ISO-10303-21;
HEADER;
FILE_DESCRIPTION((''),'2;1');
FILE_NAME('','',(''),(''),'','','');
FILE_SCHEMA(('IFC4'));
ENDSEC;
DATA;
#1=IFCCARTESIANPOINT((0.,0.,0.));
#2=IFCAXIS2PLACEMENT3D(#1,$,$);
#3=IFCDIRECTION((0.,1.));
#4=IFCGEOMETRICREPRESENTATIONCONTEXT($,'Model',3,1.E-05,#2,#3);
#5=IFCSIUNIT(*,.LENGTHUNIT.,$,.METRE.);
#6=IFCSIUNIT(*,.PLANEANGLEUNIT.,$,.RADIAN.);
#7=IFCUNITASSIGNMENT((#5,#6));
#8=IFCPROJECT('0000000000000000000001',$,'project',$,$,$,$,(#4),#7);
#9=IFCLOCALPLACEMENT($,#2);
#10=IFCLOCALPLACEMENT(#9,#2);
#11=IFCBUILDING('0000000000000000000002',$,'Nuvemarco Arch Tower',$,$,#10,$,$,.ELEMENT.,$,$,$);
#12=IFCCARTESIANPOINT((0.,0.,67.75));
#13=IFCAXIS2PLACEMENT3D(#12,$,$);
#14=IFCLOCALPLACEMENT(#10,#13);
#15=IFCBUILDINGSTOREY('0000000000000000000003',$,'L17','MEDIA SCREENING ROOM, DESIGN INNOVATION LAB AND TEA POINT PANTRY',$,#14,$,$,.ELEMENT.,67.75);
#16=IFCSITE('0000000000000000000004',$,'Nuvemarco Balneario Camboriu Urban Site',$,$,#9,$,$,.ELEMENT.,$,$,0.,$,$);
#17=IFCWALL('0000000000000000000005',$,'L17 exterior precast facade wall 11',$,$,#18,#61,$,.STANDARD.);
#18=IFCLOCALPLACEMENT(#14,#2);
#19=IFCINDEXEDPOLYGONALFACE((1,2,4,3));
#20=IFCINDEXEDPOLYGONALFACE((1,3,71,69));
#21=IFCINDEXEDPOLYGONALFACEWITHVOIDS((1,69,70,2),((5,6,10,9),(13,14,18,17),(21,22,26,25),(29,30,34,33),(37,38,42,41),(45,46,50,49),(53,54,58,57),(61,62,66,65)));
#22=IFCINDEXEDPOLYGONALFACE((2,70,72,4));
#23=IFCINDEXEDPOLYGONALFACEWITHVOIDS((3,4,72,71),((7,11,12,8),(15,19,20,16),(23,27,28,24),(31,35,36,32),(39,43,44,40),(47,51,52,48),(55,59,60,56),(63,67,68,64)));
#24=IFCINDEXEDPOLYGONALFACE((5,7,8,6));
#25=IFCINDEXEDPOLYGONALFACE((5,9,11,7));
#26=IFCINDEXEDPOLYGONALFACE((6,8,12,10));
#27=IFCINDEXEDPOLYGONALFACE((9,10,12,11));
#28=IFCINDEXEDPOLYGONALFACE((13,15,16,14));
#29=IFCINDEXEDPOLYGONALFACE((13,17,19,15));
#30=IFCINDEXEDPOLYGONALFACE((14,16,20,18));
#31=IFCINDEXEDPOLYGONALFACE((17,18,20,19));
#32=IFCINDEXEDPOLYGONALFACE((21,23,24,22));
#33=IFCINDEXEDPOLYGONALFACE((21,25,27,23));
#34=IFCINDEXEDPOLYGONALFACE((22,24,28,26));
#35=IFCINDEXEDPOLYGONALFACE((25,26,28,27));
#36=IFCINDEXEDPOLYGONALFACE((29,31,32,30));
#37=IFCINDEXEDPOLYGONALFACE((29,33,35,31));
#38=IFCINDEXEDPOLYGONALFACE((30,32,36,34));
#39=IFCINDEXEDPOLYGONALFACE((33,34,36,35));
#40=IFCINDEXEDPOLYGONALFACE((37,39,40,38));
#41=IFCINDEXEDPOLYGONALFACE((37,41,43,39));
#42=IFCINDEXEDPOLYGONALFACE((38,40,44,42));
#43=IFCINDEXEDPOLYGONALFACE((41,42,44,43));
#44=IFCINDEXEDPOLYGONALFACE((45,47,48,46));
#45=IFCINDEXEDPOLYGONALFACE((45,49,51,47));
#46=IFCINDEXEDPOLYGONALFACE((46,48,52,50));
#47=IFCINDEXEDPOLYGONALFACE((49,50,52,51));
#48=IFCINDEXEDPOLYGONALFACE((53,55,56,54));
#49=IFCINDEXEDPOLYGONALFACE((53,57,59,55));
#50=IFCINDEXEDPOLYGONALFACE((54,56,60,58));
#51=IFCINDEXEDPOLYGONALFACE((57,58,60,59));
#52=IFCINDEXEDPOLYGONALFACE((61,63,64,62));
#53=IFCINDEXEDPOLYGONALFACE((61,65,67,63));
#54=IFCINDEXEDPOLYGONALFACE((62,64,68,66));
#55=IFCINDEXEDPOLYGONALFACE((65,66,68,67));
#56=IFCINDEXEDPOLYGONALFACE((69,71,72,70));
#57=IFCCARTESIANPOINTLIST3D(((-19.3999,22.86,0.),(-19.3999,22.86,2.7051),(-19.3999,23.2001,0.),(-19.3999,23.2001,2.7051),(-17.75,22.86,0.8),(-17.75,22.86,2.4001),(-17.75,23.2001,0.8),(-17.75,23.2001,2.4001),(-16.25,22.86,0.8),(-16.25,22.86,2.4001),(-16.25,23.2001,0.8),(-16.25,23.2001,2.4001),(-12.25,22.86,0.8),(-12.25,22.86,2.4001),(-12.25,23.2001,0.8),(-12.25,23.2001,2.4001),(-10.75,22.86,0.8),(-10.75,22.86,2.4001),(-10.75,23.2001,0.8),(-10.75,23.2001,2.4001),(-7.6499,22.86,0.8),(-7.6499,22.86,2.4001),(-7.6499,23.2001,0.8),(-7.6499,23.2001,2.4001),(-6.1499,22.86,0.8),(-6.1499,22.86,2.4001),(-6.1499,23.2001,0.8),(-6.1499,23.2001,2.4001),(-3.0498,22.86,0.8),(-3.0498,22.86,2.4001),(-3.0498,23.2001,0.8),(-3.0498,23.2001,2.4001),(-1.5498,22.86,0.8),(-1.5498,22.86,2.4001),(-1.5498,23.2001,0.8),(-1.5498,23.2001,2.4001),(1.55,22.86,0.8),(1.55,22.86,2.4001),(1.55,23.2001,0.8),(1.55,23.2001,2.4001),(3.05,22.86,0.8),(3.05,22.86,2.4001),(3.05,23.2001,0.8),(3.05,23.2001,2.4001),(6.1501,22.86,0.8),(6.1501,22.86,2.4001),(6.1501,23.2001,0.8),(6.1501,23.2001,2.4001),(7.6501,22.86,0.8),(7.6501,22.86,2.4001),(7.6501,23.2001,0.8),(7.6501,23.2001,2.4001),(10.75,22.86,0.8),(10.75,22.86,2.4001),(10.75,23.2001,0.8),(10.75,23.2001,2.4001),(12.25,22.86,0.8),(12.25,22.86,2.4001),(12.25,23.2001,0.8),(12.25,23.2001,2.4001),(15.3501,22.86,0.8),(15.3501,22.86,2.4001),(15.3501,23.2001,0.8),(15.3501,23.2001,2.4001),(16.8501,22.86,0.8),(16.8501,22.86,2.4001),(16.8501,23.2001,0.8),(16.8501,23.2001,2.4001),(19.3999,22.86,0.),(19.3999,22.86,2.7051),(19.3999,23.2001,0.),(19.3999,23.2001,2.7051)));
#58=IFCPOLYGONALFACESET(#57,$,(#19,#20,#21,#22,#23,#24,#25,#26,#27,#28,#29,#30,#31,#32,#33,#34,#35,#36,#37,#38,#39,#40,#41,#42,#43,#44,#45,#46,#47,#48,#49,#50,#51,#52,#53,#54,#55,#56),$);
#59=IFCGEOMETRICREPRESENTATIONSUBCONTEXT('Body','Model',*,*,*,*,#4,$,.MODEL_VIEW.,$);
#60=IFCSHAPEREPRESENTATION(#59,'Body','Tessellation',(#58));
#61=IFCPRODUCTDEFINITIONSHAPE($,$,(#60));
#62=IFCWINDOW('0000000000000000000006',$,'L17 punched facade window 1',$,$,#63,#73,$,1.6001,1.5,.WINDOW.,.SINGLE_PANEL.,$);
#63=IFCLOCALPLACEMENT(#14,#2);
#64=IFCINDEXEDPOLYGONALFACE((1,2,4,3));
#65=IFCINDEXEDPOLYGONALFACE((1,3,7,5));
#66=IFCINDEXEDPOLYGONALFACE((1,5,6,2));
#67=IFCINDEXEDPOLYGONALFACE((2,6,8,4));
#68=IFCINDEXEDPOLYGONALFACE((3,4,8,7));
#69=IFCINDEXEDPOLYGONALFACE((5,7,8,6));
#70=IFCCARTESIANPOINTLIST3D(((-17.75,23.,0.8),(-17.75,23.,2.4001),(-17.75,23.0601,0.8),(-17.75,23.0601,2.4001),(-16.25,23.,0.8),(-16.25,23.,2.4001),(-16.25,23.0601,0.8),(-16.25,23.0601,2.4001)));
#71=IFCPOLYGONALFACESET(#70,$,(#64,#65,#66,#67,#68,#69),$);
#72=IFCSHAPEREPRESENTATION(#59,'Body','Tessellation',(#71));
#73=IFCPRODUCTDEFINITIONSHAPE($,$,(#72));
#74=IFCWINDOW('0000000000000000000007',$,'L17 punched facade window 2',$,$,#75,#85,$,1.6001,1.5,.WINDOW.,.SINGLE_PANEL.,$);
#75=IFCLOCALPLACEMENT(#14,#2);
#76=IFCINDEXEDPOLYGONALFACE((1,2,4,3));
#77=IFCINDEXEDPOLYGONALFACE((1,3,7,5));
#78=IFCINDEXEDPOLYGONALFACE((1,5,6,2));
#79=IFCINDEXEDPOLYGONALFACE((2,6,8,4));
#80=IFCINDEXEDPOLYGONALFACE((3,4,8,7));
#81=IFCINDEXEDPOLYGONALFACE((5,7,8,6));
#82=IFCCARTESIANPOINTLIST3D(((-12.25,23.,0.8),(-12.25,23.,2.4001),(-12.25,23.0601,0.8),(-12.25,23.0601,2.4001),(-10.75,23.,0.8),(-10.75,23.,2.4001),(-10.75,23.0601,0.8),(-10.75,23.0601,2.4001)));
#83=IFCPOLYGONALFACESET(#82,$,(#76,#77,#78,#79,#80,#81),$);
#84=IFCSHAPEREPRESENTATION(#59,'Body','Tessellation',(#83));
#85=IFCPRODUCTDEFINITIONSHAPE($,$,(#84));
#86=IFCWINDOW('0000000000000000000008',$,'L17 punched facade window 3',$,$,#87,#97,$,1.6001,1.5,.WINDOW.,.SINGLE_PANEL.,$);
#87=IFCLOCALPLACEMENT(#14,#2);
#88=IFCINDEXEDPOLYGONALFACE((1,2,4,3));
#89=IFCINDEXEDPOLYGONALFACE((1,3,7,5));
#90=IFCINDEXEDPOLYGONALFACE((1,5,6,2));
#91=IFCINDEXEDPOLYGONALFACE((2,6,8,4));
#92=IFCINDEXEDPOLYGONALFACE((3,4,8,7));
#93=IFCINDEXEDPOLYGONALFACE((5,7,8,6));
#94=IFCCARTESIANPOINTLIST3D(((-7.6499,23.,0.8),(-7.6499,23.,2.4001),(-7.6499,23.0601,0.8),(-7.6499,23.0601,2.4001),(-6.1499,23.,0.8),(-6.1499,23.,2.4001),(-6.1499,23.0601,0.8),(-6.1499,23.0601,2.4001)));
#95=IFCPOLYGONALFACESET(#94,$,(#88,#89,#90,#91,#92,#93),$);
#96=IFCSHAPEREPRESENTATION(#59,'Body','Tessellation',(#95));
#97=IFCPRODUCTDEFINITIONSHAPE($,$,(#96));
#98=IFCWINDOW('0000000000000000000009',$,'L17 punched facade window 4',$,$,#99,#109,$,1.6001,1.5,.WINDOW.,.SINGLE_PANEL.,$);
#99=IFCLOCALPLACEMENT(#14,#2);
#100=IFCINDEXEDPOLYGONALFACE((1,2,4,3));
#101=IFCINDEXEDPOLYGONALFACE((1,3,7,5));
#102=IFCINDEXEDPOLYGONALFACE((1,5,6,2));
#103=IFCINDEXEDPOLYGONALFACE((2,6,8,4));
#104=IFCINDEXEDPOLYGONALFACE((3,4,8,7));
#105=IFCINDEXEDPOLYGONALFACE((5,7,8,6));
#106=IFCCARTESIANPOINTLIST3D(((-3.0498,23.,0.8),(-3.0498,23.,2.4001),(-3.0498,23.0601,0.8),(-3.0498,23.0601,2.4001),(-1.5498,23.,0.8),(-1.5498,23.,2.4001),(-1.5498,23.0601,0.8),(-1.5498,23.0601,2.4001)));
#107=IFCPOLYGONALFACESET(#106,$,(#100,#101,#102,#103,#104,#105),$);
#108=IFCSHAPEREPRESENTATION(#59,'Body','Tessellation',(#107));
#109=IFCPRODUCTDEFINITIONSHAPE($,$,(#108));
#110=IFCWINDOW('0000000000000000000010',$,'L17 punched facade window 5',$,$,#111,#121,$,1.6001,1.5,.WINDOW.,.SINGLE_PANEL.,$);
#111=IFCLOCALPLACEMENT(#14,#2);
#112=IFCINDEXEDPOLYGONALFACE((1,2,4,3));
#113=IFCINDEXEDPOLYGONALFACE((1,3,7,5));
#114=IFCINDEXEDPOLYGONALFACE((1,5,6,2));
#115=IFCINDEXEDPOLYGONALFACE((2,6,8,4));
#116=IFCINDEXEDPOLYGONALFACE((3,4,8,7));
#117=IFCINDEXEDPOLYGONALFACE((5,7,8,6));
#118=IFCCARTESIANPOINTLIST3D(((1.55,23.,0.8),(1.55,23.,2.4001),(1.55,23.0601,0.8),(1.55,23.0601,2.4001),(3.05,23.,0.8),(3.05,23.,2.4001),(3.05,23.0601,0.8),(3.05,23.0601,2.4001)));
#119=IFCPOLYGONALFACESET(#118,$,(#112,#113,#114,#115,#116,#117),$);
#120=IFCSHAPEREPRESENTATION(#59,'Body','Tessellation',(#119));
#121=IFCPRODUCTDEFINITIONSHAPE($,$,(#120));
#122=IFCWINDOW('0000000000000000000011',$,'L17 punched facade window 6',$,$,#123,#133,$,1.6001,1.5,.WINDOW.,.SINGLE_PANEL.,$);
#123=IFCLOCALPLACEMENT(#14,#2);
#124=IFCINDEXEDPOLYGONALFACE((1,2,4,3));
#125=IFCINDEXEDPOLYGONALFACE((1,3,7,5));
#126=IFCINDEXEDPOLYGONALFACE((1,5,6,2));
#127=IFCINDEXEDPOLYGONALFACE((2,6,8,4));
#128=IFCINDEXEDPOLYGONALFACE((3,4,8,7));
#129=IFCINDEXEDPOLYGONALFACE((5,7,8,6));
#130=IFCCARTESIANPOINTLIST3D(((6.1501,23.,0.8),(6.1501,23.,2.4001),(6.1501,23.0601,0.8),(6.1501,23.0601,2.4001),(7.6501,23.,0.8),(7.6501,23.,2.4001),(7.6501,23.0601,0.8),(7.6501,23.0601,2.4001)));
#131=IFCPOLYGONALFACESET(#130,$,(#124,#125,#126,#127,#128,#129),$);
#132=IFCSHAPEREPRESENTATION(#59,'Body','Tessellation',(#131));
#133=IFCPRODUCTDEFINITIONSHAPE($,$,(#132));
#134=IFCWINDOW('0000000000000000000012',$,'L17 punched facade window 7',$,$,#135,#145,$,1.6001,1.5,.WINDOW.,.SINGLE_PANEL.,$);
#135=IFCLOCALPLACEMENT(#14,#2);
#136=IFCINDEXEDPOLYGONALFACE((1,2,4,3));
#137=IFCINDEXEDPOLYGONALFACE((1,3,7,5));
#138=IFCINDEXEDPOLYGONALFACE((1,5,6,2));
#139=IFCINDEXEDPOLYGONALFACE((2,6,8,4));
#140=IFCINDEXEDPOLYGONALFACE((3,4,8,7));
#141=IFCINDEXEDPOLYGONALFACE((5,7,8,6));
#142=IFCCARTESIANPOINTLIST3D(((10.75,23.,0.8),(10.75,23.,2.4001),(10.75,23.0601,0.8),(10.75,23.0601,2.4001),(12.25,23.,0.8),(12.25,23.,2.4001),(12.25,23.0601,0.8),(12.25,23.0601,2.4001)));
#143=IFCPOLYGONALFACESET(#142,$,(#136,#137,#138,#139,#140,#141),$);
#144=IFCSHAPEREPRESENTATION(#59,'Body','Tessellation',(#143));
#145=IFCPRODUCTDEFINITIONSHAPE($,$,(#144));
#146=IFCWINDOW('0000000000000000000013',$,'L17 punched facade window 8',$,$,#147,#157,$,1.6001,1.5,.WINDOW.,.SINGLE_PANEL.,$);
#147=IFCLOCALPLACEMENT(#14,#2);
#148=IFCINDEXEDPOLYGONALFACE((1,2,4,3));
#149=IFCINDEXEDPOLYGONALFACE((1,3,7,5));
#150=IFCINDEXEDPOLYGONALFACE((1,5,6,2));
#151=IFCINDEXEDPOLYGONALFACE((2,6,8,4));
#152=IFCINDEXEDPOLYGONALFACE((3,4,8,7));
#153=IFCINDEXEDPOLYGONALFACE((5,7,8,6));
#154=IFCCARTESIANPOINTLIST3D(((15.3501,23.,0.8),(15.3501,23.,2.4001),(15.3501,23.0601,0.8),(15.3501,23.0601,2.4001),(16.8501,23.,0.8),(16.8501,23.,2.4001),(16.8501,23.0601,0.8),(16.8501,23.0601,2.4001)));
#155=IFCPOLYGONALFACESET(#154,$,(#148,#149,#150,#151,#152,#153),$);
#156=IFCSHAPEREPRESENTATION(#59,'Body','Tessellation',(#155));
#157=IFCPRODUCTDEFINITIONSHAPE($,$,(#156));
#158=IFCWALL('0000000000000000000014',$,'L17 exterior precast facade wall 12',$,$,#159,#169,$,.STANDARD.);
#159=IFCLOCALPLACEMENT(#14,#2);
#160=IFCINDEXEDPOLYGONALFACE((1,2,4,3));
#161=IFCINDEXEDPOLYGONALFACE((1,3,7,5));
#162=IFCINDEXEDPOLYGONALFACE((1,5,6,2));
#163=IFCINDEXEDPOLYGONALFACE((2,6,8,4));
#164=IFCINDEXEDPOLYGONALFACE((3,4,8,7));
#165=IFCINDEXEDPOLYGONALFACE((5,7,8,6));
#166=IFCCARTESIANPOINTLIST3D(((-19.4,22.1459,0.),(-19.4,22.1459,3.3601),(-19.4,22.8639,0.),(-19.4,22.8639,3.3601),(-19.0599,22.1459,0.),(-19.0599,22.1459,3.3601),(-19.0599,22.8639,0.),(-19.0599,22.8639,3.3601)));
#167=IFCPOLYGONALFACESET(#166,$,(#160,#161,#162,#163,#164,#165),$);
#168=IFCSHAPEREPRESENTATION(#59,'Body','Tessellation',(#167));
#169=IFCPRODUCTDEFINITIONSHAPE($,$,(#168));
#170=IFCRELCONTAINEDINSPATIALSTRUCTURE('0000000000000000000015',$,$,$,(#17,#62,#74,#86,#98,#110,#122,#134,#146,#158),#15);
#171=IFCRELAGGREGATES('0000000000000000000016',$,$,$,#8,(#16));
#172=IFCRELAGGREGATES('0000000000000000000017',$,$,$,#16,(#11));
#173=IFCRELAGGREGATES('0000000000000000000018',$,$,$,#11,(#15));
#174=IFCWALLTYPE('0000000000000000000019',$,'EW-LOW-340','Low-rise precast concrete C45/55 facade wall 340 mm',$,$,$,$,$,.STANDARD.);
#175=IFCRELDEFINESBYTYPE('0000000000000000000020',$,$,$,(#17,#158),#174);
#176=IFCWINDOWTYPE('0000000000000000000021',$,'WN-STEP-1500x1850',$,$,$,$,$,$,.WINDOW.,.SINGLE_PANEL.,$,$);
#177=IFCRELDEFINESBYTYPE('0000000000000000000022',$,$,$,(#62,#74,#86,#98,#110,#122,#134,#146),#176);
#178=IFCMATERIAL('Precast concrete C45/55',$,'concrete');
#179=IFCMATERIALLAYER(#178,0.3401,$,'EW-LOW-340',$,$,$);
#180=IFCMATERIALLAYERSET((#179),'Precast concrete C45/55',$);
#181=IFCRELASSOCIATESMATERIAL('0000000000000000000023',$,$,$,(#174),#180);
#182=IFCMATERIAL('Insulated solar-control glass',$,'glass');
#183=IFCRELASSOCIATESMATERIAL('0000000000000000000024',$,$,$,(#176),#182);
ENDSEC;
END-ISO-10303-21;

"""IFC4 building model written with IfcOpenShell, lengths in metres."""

from ifc_helpers import new_model, si_unit, direction, frame, frame_2d, origin, place, context, subcontext, project, spatial, rectangle, extrude, source, transform, mapped, material, layer, layer_set, type_object, type_shapes, element, fill, save


model = new_model("IFC4")

# Units and contexts
model_context = context("Model", 3, precision=1e-05, world=origin(), true_north=direction((0.0, 1.0)))
body_context = subcontext(model_context, "Body", "Model", "MODEL_VIEW")
ifc_project = project(units=[si_unit("LENGTHUNIT", "METRE"), si_unit("PLANEANGLEUNIT", "RADIAN")], contexts=[model_context])

# Site, building, storey
site_placement = place(None, origin())
site = spatial("IfcSite", under=ifc_project, at=site_placement, Name="Nuvemarco Balneario Camboriu Urban Site", CompositionType="ELEMENT", RefElevation=0.0)
building_placement = place(site_placement, origin())
building = spatial("IfcBuilding", under=site, at=building_placement, Name="Nuvemarco Arch Tower", CompositionType="ELEMENT")
storey_placement = place(building_placement, frame((0.0, 0.0, 67.75)))
storey = spatial("IfcBuildingStorey", under=building, at=storey_placement, Name="L17", Description="MEDIA SCREENING ROOM, DESIGN INNOVATION LAB AND TEA POINT PANTRY", CompositionType="ELEMENT", Elevation=67.75)

# Wall, openings, windows
ifc_material_1 = material(Name="Precast concrete C45/55", Category="concrete")
ifc_layer_1 = layer(ifc_material_1, 0.3401, Name="EW-LOW-340")
ifc_layer_set_1 = layer_set([ifc_layer_1], Name="Precast concrete C45/55")
wall_type_1 = type_object("IfcWallType", Name="EW-LOW-340", Description="Low-rise precast concrete C45/55 facade wall 340 mm", PredefinedType="STANDARD", material=ifc_layer_set_1)
wall_1_placement = place(storey_placement, frame((-19.3999, 23.03, 0.0), z_axis=(0.0, 0.0, 1.0), x_axis=(1.0, 0.0, 0.0)))
wall_1 = element("IfcWall", 1, at=wall_1_placement, inside=storey, type_object=wall_type_1, Name="L17 exterior precast facade wall 11", PredefinedType="STANDARD", context=body_context, shape_type="SweptSolid", body=[
    extrude(rectangle(XDim=38.7998, YDim=0.3401, at=frame_2d((19.3999, 0.0))), origin(), (0.0, 0.0, 1.0), 2.7051),
])
opening_1_placement = place(wall_1_placement, frame((1.6499, 0.0, 0.8)))
opening_1 = element("IfcOpeningElement", 2, at=opening_1_placement, cuts=wall_1, PredefinedType="OPENING", context=body_context, shape_type="SweptSolid", body=[
    extrude(rectangle(XDim=1.5, YDim=1.6001, at=frame_2d((0.75, 0.8))), frame((0.0, 0.1799, 0.0), z_axis=(0.0, -1.0, 0.0), x_axis=(1.0, 0.0, 0.0)), (0.0, 0.0, 1.0), 0.3601),
])
opening_2_placement = place(wall_1_placement, frame((7.1499, 0.0, 0.8)))
opening_2 = element("IfcOpeningElement", 3, at=opening_2_placement, cuts=wall_1, PredefinedType="OPENING", context=body_context, shape_type="SweptSolid", body=[
    extrude(rectangle(XDim=1.5, YDim=1.6001, at=frame_2d((0.75, 0.8))), frame((0.0, 0.1799, 0.0), z_axis=(0.0, -1.0, 0.0), x_axis=(1.0, 0.0, 0.0)), (0.0, 0.0, 1.0), 0.3601),
])
opening_3_placement = place(wall_1_placement, frame((11.75, 0.0, 0.8)))
opening_3 = element("IfcOpeningElement", 4, at=opening_3_placement, cuts=wall_1, PredefinedType="OPENING", context=body_context, shape_type="SweptSolid", body=[
    extrude(rectangle(XDim=1.5, YDim=1.6001, at=frame_2d((0.75, 0.8))), frame((0.0, 0.1799, 0.0), z_axis=(0.0, -1.0, 0.0), x_axis=(1.0, 0.0, 0.0)), (0.0, 0.0, 1.0), 0.3601),
])
opening_4_placement = place(wall_1_placement, frame((16.3501, 0.0, 0.8)))
opening_4 = element("IfcOpeningElement", 5, at=opening_4_placement, cuts=wall_1, PredefinedType="OPENING", context=body_context, shape_type="SweptSolid", body=[
    extrude(rectangle(XDim=1.5, YDim=1.6001, at=frame_2d((0.75, 0.8))), frame((0.0, 0.1799, 0.0), z_axis=(0.0, -1.0, 0.0), x_axis=(1.0, 0.0, 0.0)), (0.0, 0.0, 1.0), 0.3601),
])
opening_5_placement = place(wall_1_placement, frame((20.95, 0.0, 0.8)))
opening_5 = element("IfcOpeningElement", 6, at=opening_5_placement, cuts=wall_1, PredefinedType="OPENING", context=body_context, shape_type="SweptSolid", body=[
    extrude(rectangle(XDim=1.5, YDim=1.6001, at=frame_2d((0.75, 0.8))), frame((0.0, 0.1799, 0.0), z_axis=(0.0, -1.0, 0.0), x_axis=(1.0, 0.0, 0.0)), (0.0, 0.0, 1.0), 0.3601),
])
opening_6_placement = place(wall_1_placement, frame((25.55, 0.0, 0.8)))
opening_6 = element("IfcOpeningElement", 7, at=opening_6_placement, cuts=wall_1, PredefinedType="OPENING", context=body_context, shape_type="SweptSolid", body=[
    extrude(rectangle(XDim=1.5, YDim=1.6001, at=frame_2d((0.75, 0.8))), frame((0.0, 0.1799, 0.0), z_axis=(0.0, -1.0, 0.0), x_axis=(1.0, 0.0, 0.0)), (0.0, 0.0, 1.0), 0.3601),
])
opening_7_placement = place(wall_1_placement, frame((30.1499, 0.0, 0.8)))
opening_7 = element("IfcOpeningElement", 8, at=opening_7_placement, cuts=wall_1, PredefinedType="OPENING", context=body_context, shape_type="SweptSolid", body=[
    extrude(rectangle(XDim=1.5, YDim=1.6001, at=frame_2d((0.75, 0.8))), frame((0.0, 0.1799, 0.0), z_axis=(0.0, -1.0, 0.0), x_axis=(1.0, 0.0, 0.0)), (0.0, 0.0, 1.0), 0.3601),
])
opening_8_placement = place(wall_1_placement, frame((34.75, 0.0, 0.8)))
opening_8 = element("IfcOpeningElement", 9, at=opening_8_placement, cuts=wall_1, PredefinedType="OPENING", context=body_context, shape_type="SweptSolid", body=[
    extrude(rectangle(XDim=1.5, YDim=1.6001, at=frame_2d((0.75, 0.8))), frame((0.0, 0.1799, 0.0), z_axis=(0.0, -1.0, 0.0), x_axis=(1.0, 0.0, 0.0)), (0.0, 0.0, 1.0), 0.3601),
])
ifc_material_2 = material(Name="Insulated solar-control glass", Category="glass")
window_type = type_object("IfcWindowType", Name="WN-STEP-1500x1850", PartitioningType="SINGLE_PANEL", PredefinedType="WINDOW", material=ifc_material_2)
shared_shape_1 = source(origin(), body_context, "Body", "SweptSolid", [
    extrude(rectangle(XDim=1.5, YDim=1.6001, at=frame_2d((0.75, 0.8))), frame((0.0, 0.03, 0.0), z_axis=(0.0, -1.0, 0.0), x_axis=(1.0, 0.0, 0.0)), (0.0, 0.0, 1.0), 0.0601),
])
type_shapes(window_type, [shared_shape_1])
window_1_placement = place(opening_1_placement, origin())
window_1 = element("IfcWindow", 10, at=window_1_placement, inside=storey, type_object=window_type, Name="L17 punched facade window 1", OverallHeight=1.6001, OverallWidth=1.5, PartitioningType="SINGLE_PANEL", PredefinedType="WINDOW", context=body_context, shape_type="MappedRepresentation", body=[
    mapped(shared_shape_1, transform((0.0, 0.0, 0.0), scale=1.0)),
])
fill(opening_1, window_1)
window_2_placement = place(opening_2_placement, origin())
window_2 = element("IfcWindow", 11, at=window_2_placement, inside=storey, type_object=window_type, Name="L17 punched facade window 2", OverallHeight=1.6001, OverallWidth=1.5, PartitioningType="SINGLE_PANEL", PredefinedType="WINDOW", context=body_context, shape_type="MappedRepresentation", body=[
    mapped(shared_shape_1, transform((0.0, 0.0, 0.0), scale=1.0)),
])
fill(opening_2, window_2)
window_3_placement = place(opening_3_placement, origin())
window_3 = element("IfcWindow", 12, at=window_3_placement, inside=storey, type_object=window_type, Name="L17 punched facade window 3", OverallHeight=1.6001, OverallWidth=1.5, PartitioningType="SINGLE_PANEL", PredefinedType="WINDOW", context=body_context, shape_type="MappedRepresentation", body=[
    mapped(shared_shape_1, transform((0.0, 0.0, 0.0), scale=1.0)),
])
fill(opening_3, window_3)
window_4_placement = place(opening_4_placement, origin())
window_4 = element("IfcWindow", 13, at=window_4_placement, inside=storey, type_object=window_type, Name="L17 punched facade window 4", OverallHeight=1.6001, OverallWidth=1.5, PartitioningType="SINGLE_PANEL", PredefinedType="WINDOW", context=body_context, shape_type="MappedRepresentation", body=[
    mapped(shared_shape_1, transform((0.0, 0.0, 0.0), scale=1.0)),
])
fill(opening_4, window_4)
window_5_placement = place(opening_5_placement, origin())
window_5 = element("IfcWindow", 14, at=window_5_placement, inside=storey, type_object=window_type, Name="L17 punched facade window 5", OverallHeight=1.6001, OverallWidth=1.5, PartitioningType="SINGLE_PANEL", PredefinedType="WINDOW", context=body_context, shape_type="MappedRepresentation", body=[
    mapped(shared_shape_1, transform((0.0, 0.0, 0.0), scale=1.0)),
])
fill(opening_5, window_5)
window_6_placement = place(opening_6_placement, origin())
window_6 = element("IfcWindow", 15, at=window_6_placement, inside=storey, type_object=window_type, Name="L17 punched facade window 6", OverallHeight=1.6001, OverallWidth=1.5, PartitioningType="SINGLE_PANEL", PredefinedType="WINDOW", context=body_context, shape_type="MappedRepresentation", body=[
    mapped(shared_shape_1, transform((0.0, 0.0, 0.0), scale=1.0)),
])
fill(opening_6, window_6)
window_7_placement = place(opening_7_placement, origin())
window_7 = element("IfcWindow", 16, at=window_7_placement, inside=storey, type_object=window_type, Name="L17 punched facade window 7", OverallHeight=1.6001, OverallWidth=1.5, PartitioningType="SINGLE_PANEL", PredefinedType="WINDOW", context=body_context, shape_type="MappedRepresentation", body=[
    mapped(shared_shape_1, transform((0.0, 0.0, 0.0), scale=1.0)),
])
fill(opening_7, window_7)
window_8_placement = place(opening_8_placement, origin())
window_8 = element("IfcWindow", 17, at=window_8_placement, inside=storey, type_object=window_type, Name="L17 punched facade window 8", OverallHeight=1.6001, OverallWidth=1.5, PartitioningType="SINGLE_PANEL", PredefinedType="WINDOW", context=body_context, shape_type="MappedRepresentation", body=[
    mapped(shared_shape_1, transform((0.0, 0.0, 0.0), scale=1.0)),
])
fill(opening_8, window_8)

# Wall
wall_2_placement = place(storey_placement, frame((-19.23, 22.146, 0.0), z_axis=(0.0, 0.0, 1.0), x_axis=(0.0, 1.0, 0.0)))
element("IfcWall", 18, at=wall_2_placement, inside=storey, type_object=wall_type_1, Name="L17 exterior precast facade wall 12", PredefinedType="STANDARD", context=body_context, shape_type="SweptSolid", body=[
    extrude(rectangle(XDim=0.718, YDim=0.3401, at=frame_2d((0.3589, 0.0))), origin(), (0.0, 0.0, 1.0), 3.3601),
])

save(model, "model.ifc")
